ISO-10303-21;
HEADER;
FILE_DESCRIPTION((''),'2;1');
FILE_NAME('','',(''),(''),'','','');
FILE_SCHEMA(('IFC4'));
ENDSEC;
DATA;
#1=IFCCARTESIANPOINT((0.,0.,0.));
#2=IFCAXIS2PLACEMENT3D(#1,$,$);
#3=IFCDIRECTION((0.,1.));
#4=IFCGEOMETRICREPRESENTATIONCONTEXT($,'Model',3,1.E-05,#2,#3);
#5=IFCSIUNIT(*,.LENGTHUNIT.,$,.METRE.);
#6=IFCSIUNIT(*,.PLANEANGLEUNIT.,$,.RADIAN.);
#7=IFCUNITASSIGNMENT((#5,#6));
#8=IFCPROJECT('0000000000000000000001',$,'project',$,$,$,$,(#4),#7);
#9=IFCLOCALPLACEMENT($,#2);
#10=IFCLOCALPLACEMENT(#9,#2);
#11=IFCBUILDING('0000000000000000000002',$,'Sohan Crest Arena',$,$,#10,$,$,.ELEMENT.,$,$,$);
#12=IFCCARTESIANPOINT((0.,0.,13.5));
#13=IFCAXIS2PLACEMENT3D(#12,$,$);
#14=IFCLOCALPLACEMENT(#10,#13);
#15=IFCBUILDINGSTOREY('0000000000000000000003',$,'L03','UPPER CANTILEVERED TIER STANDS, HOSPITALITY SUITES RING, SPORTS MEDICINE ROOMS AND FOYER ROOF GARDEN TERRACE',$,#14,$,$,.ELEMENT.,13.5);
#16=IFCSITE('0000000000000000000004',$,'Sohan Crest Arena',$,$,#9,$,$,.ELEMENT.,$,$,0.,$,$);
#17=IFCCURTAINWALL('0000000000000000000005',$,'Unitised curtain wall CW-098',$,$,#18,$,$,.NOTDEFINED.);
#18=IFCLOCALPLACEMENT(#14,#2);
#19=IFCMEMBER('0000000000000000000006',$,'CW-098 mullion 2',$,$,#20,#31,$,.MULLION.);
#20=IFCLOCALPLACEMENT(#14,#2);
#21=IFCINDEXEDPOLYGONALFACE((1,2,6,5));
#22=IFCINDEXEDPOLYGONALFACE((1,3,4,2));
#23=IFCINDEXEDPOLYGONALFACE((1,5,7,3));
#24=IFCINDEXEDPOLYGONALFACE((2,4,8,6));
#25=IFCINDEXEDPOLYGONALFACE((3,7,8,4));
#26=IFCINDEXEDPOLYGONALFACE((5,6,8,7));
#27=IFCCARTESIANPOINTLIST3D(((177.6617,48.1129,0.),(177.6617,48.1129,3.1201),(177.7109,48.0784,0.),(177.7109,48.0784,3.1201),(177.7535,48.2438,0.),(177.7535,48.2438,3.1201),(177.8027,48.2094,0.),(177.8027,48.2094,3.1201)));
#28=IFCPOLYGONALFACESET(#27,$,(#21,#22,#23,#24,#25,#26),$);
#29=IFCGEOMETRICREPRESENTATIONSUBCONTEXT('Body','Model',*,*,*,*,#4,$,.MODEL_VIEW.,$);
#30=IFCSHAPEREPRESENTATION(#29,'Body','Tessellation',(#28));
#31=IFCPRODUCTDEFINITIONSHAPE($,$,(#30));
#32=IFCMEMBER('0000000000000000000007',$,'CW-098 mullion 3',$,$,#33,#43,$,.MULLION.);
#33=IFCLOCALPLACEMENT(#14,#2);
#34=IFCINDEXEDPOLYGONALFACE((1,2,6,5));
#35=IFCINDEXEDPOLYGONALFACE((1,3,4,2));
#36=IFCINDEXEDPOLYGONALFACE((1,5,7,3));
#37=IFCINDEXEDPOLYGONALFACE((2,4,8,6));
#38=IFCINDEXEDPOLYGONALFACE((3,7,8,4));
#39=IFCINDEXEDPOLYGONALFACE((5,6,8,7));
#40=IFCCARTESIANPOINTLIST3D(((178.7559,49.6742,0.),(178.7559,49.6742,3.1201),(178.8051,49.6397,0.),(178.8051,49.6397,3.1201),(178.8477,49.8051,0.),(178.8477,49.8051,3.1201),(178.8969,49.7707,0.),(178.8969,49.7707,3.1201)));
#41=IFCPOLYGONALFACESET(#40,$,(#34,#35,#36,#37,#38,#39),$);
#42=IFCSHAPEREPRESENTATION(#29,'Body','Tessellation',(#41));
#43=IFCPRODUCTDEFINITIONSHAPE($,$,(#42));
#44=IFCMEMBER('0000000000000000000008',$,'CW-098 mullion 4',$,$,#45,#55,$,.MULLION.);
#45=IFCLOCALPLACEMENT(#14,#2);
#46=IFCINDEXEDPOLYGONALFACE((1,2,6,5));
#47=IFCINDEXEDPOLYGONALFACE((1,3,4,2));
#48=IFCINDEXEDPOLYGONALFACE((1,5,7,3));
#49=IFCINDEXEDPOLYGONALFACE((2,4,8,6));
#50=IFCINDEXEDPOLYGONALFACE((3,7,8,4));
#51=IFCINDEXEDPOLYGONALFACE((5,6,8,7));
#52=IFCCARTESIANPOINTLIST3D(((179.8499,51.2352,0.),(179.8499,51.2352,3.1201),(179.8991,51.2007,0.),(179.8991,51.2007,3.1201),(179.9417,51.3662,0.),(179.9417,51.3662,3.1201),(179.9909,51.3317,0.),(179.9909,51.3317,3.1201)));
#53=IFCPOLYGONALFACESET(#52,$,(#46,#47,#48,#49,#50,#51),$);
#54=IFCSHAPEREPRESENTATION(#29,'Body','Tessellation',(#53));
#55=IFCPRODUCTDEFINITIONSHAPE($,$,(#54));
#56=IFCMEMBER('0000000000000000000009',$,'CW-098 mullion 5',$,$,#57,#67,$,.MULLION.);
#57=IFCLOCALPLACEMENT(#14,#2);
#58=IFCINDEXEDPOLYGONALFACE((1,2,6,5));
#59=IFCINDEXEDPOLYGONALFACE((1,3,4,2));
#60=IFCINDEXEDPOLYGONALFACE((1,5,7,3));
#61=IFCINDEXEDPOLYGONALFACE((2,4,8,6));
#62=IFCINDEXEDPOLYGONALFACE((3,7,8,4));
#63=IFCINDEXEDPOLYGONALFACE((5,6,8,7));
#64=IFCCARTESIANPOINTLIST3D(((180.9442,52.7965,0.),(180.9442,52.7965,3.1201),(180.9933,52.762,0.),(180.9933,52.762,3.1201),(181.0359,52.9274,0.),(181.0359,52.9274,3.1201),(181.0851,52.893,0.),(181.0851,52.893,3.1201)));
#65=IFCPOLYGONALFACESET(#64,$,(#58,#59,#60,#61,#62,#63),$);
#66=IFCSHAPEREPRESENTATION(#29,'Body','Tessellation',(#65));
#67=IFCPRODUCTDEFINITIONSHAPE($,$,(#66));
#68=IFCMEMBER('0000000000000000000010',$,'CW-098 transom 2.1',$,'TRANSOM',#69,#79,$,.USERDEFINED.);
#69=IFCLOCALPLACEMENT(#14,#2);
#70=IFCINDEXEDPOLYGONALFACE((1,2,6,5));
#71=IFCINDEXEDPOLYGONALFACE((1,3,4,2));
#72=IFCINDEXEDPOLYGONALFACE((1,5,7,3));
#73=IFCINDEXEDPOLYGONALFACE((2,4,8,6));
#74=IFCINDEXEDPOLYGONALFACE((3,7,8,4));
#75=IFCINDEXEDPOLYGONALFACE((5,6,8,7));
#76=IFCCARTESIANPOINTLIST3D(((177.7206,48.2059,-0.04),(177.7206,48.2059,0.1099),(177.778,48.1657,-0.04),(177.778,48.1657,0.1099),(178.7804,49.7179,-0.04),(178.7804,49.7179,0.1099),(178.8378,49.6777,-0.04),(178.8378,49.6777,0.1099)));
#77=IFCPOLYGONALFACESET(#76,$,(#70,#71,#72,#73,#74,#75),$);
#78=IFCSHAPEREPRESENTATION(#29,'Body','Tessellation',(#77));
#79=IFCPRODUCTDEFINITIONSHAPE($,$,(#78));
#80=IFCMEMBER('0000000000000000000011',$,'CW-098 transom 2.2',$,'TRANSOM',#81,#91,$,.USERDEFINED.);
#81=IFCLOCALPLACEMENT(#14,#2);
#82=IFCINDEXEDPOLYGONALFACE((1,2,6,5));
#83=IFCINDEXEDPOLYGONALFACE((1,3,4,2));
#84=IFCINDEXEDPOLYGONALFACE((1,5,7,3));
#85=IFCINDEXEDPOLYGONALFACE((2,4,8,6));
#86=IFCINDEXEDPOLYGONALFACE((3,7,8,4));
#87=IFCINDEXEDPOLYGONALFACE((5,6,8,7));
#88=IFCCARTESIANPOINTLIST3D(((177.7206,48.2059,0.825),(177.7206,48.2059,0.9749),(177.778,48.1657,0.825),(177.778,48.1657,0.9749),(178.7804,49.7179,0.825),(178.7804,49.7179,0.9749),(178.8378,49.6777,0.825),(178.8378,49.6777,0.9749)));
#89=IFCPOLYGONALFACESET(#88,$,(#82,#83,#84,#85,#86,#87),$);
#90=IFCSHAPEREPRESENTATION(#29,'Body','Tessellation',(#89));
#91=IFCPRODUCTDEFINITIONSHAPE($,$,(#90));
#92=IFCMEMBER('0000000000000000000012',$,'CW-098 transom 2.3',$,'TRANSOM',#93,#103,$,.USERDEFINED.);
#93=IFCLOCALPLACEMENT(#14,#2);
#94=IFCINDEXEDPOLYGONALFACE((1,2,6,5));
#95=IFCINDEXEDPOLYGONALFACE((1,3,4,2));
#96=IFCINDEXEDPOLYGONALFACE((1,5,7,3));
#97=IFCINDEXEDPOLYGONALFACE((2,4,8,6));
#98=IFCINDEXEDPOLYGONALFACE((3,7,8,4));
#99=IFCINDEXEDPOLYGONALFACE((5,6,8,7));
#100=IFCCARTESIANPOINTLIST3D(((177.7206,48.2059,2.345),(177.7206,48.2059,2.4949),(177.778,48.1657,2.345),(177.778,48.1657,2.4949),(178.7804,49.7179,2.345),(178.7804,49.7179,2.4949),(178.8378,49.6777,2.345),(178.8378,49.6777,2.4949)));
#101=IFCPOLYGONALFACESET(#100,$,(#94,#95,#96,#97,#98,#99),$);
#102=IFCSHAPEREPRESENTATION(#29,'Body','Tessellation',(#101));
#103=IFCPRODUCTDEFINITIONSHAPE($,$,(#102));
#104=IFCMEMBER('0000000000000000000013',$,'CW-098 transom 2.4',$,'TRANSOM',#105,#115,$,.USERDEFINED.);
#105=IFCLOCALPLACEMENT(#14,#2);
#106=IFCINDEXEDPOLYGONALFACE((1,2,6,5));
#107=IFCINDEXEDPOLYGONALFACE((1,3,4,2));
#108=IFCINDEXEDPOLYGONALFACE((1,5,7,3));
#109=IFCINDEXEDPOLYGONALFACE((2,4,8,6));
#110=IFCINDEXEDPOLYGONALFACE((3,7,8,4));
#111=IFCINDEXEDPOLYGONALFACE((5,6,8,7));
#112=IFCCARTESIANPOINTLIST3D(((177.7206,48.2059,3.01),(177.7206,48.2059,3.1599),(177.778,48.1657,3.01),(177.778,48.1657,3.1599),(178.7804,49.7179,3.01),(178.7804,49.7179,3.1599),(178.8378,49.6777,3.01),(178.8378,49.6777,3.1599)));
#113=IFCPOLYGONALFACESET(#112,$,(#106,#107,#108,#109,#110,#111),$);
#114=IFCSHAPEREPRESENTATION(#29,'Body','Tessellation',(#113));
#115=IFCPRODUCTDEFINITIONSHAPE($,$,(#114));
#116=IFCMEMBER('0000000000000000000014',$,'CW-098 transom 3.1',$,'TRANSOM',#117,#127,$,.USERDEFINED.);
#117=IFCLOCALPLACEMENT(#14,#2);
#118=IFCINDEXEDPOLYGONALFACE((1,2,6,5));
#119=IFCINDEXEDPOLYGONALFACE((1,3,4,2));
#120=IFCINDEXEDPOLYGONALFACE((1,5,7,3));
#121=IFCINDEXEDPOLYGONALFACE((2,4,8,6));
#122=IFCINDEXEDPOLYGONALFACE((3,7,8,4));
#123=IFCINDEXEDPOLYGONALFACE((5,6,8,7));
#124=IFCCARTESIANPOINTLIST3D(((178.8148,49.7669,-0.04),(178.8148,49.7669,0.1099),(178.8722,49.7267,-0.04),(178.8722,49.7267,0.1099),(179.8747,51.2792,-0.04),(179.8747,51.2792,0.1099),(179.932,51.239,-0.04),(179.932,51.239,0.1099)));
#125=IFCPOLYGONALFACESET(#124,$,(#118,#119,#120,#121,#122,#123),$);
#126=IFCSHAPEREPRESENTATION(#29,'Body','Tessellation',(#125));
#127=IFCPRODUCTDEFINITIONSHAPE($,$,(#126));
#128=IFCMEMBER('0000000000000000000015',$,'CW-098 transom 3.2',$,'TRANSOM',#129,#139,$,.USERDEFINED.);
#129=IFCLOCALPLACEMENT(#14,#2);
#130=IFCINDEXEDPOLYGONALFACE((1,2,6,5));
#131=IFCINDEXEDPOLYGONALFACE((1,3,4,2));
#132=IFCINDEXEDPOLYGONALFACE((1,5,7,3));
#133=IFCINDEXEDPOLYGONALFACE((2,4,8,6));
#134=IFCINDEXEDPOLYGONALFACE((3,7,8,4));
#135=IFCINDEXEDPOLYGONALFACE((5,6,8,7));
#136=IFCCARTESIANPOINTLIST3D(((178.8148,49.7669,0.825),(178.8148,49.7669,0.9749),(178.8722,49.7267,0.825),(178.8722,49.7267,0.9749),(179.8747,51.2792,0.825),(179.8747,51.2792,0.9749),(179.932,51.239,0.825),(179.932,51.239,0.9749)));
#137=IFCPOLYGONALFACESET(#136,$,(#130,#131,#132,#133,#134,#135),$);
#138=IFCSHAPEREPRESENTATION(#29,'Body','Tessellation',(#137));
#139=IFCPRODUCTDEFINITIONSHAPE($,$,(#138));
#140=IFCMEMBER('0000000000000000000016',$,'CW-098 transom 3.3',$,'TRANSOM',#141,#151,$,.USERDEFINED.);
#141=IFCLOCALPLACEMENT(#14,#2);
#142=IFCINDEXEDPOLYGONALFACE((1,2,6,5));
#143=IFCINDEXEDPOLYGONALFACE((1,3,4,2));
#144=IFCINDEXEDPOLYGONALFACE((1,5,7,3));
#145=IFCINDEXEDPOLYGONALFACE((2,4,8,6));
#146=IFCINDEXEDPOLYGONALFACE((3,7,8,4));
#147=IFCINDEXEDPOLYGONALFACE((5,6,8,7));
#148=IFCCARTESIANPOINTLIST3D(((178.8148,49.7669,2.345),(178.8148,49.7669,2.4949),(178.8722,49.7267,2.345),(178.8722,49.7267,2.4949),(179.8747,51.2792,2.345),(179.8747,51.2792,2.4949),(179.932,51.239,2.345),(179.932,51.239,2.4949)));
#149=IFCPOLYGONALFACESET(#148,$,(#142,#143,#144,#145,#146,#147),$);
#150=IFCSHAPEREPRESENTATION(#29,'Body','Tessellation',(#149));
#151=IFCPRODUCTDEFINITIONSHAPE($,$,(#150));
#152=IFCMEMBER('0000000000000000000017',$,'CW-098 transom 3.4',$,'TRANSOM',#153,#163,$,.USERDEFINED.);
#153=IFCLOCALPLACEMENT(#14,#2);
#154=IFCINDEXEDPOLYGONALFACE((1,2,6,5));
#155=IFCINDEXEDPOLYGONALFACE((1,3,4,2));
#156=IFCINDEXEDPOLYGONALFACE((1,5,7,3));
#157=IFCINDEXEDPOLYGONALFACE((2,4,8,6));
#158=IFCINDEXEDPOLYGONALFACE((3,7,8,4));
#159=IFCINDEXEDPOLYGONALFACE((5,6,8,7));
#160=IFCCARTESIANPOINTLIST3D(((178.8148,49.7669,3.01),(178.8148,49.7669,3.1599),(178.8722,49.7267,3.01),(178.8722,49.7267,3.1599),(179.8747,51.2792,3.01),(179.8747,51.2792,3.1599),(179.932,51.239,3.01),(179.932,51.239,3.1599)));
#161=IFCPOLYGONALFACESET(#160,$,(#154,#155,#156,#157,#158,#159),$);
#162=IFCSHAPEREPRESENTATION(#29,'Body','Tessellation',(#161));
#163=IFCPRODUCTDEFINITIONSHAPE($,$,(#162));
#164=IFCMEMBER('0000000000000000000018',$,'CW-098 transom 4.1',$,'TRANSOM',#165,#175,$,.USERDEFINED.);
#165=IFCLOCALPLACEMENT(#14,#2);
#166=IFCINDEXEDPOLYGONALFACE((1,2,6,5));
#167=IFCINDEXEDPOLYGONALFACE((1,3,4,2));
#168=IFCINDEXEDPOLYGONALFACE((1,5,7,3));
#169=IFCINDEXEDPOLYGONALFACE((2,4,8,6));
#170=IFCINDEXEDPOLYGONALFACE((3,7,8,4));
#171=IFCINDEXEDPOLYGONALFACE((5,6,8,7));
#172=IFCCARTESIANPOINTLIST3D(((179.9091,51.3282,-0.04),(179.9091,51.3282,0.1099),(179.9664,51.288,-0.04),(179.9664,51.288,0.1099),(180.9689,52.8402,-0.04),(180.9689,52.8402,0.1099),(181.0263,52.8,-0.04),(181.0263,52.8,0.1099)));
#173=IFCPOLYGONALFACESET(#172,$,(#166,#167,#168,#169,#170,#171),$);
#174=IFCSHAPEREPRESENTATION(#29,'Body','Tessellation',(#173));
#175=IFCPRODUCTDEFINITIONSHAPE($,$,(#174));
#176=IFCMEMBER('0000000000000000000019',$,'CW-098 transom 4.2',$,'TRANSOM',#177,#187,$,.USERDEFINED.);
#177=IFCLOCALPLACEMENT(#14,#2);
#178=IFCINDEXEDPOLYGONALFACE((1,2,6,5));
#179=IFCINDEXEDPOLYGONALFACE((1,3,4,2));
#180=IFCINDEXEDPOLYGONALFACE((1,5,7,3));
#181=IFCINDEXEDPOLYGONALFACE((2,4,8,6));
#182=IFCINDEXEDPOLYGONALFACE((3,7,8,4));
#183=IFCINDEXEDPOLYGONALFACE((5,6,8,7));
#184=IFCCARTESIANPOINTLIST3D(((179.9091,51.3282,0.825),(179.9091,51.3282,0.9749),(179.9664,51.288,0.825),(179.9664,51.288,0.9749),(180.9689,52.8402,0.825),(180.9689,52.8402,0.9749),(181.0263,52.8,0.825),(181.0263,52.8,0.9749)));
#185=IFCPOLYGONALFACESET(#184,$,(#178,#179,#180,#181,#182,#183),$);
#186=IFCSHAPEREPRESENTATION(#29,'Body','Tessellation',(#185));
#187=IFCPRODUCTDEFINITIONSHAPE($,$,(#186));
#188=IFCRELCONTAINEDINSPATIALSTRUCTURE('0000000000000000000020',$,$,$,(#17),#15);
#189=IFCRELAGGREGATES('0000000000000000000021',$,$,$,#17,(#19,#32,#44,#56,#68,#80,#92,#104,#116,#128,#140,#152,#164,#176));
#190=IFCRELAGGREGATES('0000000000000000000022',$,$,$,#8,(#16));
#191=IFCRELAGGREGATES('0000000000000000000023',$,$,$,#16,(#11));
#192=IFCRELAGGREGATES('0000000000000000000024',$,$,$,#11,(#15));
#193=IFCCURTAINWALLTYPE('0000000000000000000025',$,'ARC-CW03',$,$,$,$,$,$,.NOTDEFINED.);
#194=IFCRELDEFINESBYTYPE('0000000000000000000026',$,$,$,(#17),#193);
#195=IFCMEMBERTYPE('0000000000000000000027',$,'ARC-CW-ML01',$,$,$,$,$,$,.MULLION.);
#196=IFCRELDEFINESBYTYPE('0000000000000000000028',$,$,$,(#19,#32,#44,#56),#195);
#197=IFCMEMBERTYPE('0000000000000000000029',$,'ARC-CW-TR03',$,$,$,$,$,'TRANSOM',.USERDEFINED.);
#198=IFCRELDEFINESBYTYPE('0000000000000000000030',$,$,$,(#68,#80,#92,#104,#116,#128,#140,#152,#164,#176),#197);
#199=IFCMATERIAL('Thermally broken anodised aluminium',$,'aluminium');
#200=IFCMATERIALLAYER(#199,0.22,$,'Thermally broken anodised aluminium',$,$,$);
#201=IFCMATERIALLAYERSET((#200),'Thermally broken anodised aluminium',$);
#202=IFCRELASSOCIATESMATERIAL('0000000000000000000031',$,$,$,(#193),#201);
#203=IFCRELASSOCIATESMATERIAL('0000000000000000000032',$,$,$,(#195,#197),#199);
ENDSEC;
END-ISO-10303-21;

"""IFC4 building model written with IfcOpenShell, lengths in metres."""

from ifc_helpers import new_model, si_unit, direction, frame, origin, origin_2d, place, context, subcontext, project, spatial, rectangle, extrude, material, layer, layer_set, material_profile, profile_set, type_object, element, aggregate, save


model = new_model("IFC4")

# Units and contexts
model_context = context("Model", 3, precision=1e-05, world=origin(), true_north=direction((0.0, 1.0)))
body_context = subcontext(model_context, "Body", "Model", "MODEL_VIEW")
ifc_project = project(units=[si_unit("LENGTHUNIT", "METRE"), si_unit("PLANEANGLEUNIT", "RADIAN")], contexts=[model_context])

# Site, building, storey
site_placement = place(None, origin())
site = spatial("IfcSite", under=ifc_project, at=site_placement, Name="Sohan Crest Arena", CompositionType="ELEMENT", RefElevation=0.0)
building_placement = place(site_placement, origin())
building = spatial("IfcBuilding", under=site, at=building_placement, Name="Sohan Crest Arena", CompositionType="ELEMENT")
storey_placement = place(building_placement, frame((0.0, 0.0, 13.5)))
storey = spatial("IfcBuildingStorey", under=building, at=storey_placement, Name="L03", Description="UPPER CANTILEVERED TIER STANDS, HOSPITALITY SUITES RING, SPORTS MEDICINE ROOMS AND FOYER ROOF GARDEN TERRACE", CompositionType="ELEMENT", Elevation=13.5)

# Curtain wall, members
ifc_material_1 = material(Name="Thermally broken anodised aluminium", Category="aluminium")
ifc_layer_1 = layer(ifc_material_1, 0.22, Name="Thermally broken anodised aluminium")
ifc_layer_set_1 = layer_set([ifc_layer_1], Name="Thermally broken anodised aluminium")
curtain_wall_type = type_object("IfcCurtainWallType", Name="ARC-CW03", PredefinedType="NOTDEFINED", material=ifc_layer_set_1)
curtain_wall_placement = place(storey_placement, origin())
curtain_wall = element("IfcCurtainWall", 1, at=curtain_wall_placement, inside=storey, type_object=curtain_wall_type, Name="Unitised curtain wall CW-098", PredefinedType="NOTDEFINED")
ifc_material_profile_1 = material_profile(ifc_material_1, rectangle(XDim=0.0601, YDim=0.1599, at=origin_2d()), Name="ALU-MULL 60x160")
ifc_profile_set_1 = profile_set([ifc_material_profile_1], Name="Thermally broken anodised aluminium")
member_type_1 = type_object("IfcMemberType", Name="ARC-CW-ML01", PredefinedType="MULLION", material=ifc_profile_set_1)
member_1_placement = place(storey_placement, frame((177.7322, 48.1611, 0.0), z_axis=(0.0, 0.0, 1.0), x_axis=(-0.818899, 0.573938, 0.0)))
member_1 = element("IfcMember", 2, at=member_1_placement, type_object=member_type_1, Name="CW-098 mullion 2", PredefinedType="MULLION", context=body_context, shape_type="SweptSolid", body=[
    extrude(rectangle(XDim=0.0601, YDim=0.1599, at=origin_2d()), origin(), (0.0, 0.0, 1.0), 3.1201),
])
member_2_placement = place(storey_placement, frame((178.8264, 49.7224, 0.0), z_axis=(0.0, 0.0, 1.0), x_axis=(-0.818899, 0.573938, 0.0)))
member_2 = element("IfcMember", 3, at=member_2_placement, type_object=member_type_1, Name="CW-098 mullion 3", PredefinedType="MULLION", context=body_context, shape_type="SweptSolid", body=[
    extrude(rectangle(XDim=0.0601, YDim=0.1599, at=origin_2d()), origin(), (0.0, 0.0, 1.0), 3.1201),
])
member_3_placement = place(storey_placement, frame((179.9204, 51.2834, 0.0), z_axis=(0.0, 0.0, 1.0), x_axis=(-0.818899, 0.573938, 0.0)))
member_3 = element("IfcMember", 4, at=member_3_placement, type_object=member_type_1, Name="CW-098 mullion 4", PredefinedType="MULLION", context=body_context, shape_type="SweptSolid", body=[
    extrude(rectangle(XDim=0.0601, YDim=0.1599, at=origin_2d()), origin(), (0.0, 0.0, 1.0), 3.1201),
])
member_4_placement = place(storey_placement, frame((181.0146, 52.8447, 0.0), z_axis=(0.0, 0.0, 1.0), x_axis=(-0.818899, 0.573938, 0.0)))
member_4 = element("IfcMember", 5, at=member_4_placement, type_object=member_type_1, Name="CW-098 mullion 5", PredefinedType="MULLION", context=body_context, shape_type="SweptSolid", body=[
    extrude(rectangle(XDim=0.0601, YDim=0.1599, at=origin_2d()), origin(), (0.0, 0.0, 1.0), 3.1201),
])
ifc_material_profile_2 = material_profile(ifc_material_1, rectangle(XDim=0.0701, YDim=0.1499, at=origin_2d()), Name="ALU-TRAN 70x150")
ifc_profile_set_2 = profile_set([ifc_material_profile_2], Name="Thermally broken anodised aluminium")
member_type_2 = type_object("IfcMemberType", Name="ARC-CW-TR03", ElementType="TRANSOM", PredefinedType="USERDEFINED", material=ifc_profile_set_2)
member_5_placement = place(storey_placement, frame((177.7493, 48.1858, 0.0349), z_axis=(0.573986, 0.818865, 0.0), x_axis=(-0.818865, 0.573986, 0.0)))
member_5 = element("IfcMember", 6, at=member_5_placement, type_object=member_type_2, Name="CW-098 transom 2.1", ObjectType="TRANSOM", PredefinedType="USERDEFINED", context=body_context, shape_type="SweptSolid", body=[
    extrude(rectangle(XDim=0.0701, YDim=0.1499, at=origin_2d()), origin(), (0.0, 0.0, 1.0), 1.8464),
])
member_6_placement = place(storey_placement, frame((177.7493, 48.1858, 0.8999), z_axis=(0.573986, 0.818865, 0.0), x_axis=(-0.818865, 0.573986, 0.0)))
member_6 = element("IfcMember", 7, at=member_6_placement, type_object=member_type_2, Name="CW-098 transom 2.2", ObjectType="TRANSOM", PredefinedType="USERDEFINED", context=body_context, shape_type="SweptSolid", body=[
    extrude(rectangle(XDim=0.0701, YDim=0.1499, at=origin_2d()), origin(), (0.0, 0.0, 1.0), 1.8464),
])
member_7_placement = place(storey_placement, frame((177.7493, 48.1858, 2.4199), z_axis=(0.573986, 0.818865, 0.0), x_axis=(-0.818865, 0.573986, 0.0)))
member_7 = element("IfcMember", 8, at=member_7_placement, type_object=member_type_2, Name="CW-098 transom 2.3", ObjectType="TRANSOM", PredefinedType="USERDEFINED", context=body_context, shape_type="SweptSolid", body=[
    extrude(rectangle(XDim=0.0701, YDim=0.1499, at=origin_2d()), origin(), (0.0, 0.0, 1.0), 1.8464),
])
member_8_placement = place(storey_placement, frame((177.7493, 48.1858, 3.085), z_axis=(0.573986, 0.818865, 0.0), x_axis=(-0.818865, 0.573986, 0.0)))
member_8 = element("IfcMember", 9, at=member_8_placement, type_object=member_type_2, Name="CW-098 transom 2.4", ObjectType="TRANSOM", PredefinedType="USERDEFINED", context=body_context, shape_type="SweptSolid", body=[
    extrude(rectangle(XDim=0.0701, YDim=0.1499, at=origin_2d()), origin(), (0.0, 0.0, 1.0), 1.8464),
])
member_9_placement = place(storey_placement, frame((178.8435, 49.7468, 0.0349), z_axis=(0.573924, 0.818909, 0.0), x_axis=(-0.818909, 0.573924, 0.0)))
member_9 = element("IfcMember", 10, at=member_9_placement, type_object=member_type_2, Name="CW-098 transom 3.1", ObjectType="TRANSOM", PredefinedType="USERDEFINED", context=body_context, shape_type="SweptSolid", body=[
    extrude(rectangle(XDim=0.0701, YDim=0.1499, at=origin_2d()), origin(), (0.0, 0.0, 1.0), 1.8467),
])
member_10_placement = place(storey_placement, frame((178.8435, 49.7468, 0.8999), z_axis=(0.573924, 0.818909, 0.0), x_axis=(-0.818909, 0.573924, 0.0)))
member_10 = element("IfcMember", 11, at=member_10_placement, type_object=member_type_2, Name="CW-098 transom 3.2", ObjectType="TRANSOM", PredefinedType="USERDEFINED", context=body_context, shape_type="SweptSolid", body=[
    extrude(rectangle(XDim=0.0701, YDim=0.1499, at=origin_2d()), origin(), (0.0, 0.0, 1.0), 1.8467),
])
member_11_placement = place(storey_placement, frame((178.8435, 49.7468, 2.4199), z_axis=(0.573924, 0.818909, 0.0), x_axis=(-0.818909, 0.573924, 0.0)))
member_11 = element("IfcMember", 12, at=member_11_placement, type_object=member_type_2, Name="CW-098 transom 3.3", ObjectType="TRANSOM", PredefinedType="USERDEFINED", context=body_context, shape_type="SweptSolid", body=[
    extrude(rectangle(XDim=0.0701, YDim=0.1499, at=origin_2d()), origin(), (0.0, 0.0, 1.0), 1.8467),
])
member_12_placement = place(storey_placement, frame((178.8435, 49.7468, 3.085), z_axis=(0.573924, 0.818909, 0.0), x_axis=(-0.818909, 0.573924, 0.0)))
member_12 = element("IfcMember", 13, at=member_12_placement, type_object=member_type_2, Name="CW-098 transom 3.4", ObjectType="TRANSOM", PredefinedType="USERDEFINED", context=body_context, shape_type="SweptSolid", body=[
    extrude(rectangle(XDim=0.0701, YDim=0.1499, at=origin_2d()), origin(), (0.0, 0.0, 1.0), 1.8467),
])
member_13_placement = place(storey_placement, frame((179.9377, 51.3081, 0.0349), z_axis=(0.573986, 0.818865, 0.0), x_axis=(-0.818865, 0.573986, 0.0)))
member_13 = element("IfcMember", 14, at=member_13_placement, type_object=member_type_2, Name="CW-098 transom 4.1", ObjectType="TRANSOM", PredefinedType="USERDEFINED", context=body_context, shape_type="SweptSolid", body=[
    extrude(rectangle(XDim=0.0701, YDim=0.1499, at=origin_2d()), origin(), (0.0, 0.0, 1.0), 1.8464),
])
member_14_placement = place(storey_placement, frame((179.9377, 51.3081, 0.8999), z_axis=(0.573986, 0.818865, 0.0), x_axis=(-0.818865, 0.573986, 0.0)))
member_14 = element("IfcMember", 15, at=member_14_placement, type_object=member_type_2, Name="CW-098 transom 4.2", ObjectType="TRANSOM", PredefinedType="USERDEFINED", context=body_context, shape_type="SweptSolid", body=[
    extrude(rectangle(XDim=0.0701, YDim=0.1499, at=origin_2d()), origin(), (0.0, 0.0, 1.0), 1.8464),
])

aggregate(curtain_wall, [member_1, member_2, member_3, member_4, member_5, member_6, member_7, member_8, member_9, member_10, member_11, member_12, member_13, member_14])

save(model, "model.ifc")
